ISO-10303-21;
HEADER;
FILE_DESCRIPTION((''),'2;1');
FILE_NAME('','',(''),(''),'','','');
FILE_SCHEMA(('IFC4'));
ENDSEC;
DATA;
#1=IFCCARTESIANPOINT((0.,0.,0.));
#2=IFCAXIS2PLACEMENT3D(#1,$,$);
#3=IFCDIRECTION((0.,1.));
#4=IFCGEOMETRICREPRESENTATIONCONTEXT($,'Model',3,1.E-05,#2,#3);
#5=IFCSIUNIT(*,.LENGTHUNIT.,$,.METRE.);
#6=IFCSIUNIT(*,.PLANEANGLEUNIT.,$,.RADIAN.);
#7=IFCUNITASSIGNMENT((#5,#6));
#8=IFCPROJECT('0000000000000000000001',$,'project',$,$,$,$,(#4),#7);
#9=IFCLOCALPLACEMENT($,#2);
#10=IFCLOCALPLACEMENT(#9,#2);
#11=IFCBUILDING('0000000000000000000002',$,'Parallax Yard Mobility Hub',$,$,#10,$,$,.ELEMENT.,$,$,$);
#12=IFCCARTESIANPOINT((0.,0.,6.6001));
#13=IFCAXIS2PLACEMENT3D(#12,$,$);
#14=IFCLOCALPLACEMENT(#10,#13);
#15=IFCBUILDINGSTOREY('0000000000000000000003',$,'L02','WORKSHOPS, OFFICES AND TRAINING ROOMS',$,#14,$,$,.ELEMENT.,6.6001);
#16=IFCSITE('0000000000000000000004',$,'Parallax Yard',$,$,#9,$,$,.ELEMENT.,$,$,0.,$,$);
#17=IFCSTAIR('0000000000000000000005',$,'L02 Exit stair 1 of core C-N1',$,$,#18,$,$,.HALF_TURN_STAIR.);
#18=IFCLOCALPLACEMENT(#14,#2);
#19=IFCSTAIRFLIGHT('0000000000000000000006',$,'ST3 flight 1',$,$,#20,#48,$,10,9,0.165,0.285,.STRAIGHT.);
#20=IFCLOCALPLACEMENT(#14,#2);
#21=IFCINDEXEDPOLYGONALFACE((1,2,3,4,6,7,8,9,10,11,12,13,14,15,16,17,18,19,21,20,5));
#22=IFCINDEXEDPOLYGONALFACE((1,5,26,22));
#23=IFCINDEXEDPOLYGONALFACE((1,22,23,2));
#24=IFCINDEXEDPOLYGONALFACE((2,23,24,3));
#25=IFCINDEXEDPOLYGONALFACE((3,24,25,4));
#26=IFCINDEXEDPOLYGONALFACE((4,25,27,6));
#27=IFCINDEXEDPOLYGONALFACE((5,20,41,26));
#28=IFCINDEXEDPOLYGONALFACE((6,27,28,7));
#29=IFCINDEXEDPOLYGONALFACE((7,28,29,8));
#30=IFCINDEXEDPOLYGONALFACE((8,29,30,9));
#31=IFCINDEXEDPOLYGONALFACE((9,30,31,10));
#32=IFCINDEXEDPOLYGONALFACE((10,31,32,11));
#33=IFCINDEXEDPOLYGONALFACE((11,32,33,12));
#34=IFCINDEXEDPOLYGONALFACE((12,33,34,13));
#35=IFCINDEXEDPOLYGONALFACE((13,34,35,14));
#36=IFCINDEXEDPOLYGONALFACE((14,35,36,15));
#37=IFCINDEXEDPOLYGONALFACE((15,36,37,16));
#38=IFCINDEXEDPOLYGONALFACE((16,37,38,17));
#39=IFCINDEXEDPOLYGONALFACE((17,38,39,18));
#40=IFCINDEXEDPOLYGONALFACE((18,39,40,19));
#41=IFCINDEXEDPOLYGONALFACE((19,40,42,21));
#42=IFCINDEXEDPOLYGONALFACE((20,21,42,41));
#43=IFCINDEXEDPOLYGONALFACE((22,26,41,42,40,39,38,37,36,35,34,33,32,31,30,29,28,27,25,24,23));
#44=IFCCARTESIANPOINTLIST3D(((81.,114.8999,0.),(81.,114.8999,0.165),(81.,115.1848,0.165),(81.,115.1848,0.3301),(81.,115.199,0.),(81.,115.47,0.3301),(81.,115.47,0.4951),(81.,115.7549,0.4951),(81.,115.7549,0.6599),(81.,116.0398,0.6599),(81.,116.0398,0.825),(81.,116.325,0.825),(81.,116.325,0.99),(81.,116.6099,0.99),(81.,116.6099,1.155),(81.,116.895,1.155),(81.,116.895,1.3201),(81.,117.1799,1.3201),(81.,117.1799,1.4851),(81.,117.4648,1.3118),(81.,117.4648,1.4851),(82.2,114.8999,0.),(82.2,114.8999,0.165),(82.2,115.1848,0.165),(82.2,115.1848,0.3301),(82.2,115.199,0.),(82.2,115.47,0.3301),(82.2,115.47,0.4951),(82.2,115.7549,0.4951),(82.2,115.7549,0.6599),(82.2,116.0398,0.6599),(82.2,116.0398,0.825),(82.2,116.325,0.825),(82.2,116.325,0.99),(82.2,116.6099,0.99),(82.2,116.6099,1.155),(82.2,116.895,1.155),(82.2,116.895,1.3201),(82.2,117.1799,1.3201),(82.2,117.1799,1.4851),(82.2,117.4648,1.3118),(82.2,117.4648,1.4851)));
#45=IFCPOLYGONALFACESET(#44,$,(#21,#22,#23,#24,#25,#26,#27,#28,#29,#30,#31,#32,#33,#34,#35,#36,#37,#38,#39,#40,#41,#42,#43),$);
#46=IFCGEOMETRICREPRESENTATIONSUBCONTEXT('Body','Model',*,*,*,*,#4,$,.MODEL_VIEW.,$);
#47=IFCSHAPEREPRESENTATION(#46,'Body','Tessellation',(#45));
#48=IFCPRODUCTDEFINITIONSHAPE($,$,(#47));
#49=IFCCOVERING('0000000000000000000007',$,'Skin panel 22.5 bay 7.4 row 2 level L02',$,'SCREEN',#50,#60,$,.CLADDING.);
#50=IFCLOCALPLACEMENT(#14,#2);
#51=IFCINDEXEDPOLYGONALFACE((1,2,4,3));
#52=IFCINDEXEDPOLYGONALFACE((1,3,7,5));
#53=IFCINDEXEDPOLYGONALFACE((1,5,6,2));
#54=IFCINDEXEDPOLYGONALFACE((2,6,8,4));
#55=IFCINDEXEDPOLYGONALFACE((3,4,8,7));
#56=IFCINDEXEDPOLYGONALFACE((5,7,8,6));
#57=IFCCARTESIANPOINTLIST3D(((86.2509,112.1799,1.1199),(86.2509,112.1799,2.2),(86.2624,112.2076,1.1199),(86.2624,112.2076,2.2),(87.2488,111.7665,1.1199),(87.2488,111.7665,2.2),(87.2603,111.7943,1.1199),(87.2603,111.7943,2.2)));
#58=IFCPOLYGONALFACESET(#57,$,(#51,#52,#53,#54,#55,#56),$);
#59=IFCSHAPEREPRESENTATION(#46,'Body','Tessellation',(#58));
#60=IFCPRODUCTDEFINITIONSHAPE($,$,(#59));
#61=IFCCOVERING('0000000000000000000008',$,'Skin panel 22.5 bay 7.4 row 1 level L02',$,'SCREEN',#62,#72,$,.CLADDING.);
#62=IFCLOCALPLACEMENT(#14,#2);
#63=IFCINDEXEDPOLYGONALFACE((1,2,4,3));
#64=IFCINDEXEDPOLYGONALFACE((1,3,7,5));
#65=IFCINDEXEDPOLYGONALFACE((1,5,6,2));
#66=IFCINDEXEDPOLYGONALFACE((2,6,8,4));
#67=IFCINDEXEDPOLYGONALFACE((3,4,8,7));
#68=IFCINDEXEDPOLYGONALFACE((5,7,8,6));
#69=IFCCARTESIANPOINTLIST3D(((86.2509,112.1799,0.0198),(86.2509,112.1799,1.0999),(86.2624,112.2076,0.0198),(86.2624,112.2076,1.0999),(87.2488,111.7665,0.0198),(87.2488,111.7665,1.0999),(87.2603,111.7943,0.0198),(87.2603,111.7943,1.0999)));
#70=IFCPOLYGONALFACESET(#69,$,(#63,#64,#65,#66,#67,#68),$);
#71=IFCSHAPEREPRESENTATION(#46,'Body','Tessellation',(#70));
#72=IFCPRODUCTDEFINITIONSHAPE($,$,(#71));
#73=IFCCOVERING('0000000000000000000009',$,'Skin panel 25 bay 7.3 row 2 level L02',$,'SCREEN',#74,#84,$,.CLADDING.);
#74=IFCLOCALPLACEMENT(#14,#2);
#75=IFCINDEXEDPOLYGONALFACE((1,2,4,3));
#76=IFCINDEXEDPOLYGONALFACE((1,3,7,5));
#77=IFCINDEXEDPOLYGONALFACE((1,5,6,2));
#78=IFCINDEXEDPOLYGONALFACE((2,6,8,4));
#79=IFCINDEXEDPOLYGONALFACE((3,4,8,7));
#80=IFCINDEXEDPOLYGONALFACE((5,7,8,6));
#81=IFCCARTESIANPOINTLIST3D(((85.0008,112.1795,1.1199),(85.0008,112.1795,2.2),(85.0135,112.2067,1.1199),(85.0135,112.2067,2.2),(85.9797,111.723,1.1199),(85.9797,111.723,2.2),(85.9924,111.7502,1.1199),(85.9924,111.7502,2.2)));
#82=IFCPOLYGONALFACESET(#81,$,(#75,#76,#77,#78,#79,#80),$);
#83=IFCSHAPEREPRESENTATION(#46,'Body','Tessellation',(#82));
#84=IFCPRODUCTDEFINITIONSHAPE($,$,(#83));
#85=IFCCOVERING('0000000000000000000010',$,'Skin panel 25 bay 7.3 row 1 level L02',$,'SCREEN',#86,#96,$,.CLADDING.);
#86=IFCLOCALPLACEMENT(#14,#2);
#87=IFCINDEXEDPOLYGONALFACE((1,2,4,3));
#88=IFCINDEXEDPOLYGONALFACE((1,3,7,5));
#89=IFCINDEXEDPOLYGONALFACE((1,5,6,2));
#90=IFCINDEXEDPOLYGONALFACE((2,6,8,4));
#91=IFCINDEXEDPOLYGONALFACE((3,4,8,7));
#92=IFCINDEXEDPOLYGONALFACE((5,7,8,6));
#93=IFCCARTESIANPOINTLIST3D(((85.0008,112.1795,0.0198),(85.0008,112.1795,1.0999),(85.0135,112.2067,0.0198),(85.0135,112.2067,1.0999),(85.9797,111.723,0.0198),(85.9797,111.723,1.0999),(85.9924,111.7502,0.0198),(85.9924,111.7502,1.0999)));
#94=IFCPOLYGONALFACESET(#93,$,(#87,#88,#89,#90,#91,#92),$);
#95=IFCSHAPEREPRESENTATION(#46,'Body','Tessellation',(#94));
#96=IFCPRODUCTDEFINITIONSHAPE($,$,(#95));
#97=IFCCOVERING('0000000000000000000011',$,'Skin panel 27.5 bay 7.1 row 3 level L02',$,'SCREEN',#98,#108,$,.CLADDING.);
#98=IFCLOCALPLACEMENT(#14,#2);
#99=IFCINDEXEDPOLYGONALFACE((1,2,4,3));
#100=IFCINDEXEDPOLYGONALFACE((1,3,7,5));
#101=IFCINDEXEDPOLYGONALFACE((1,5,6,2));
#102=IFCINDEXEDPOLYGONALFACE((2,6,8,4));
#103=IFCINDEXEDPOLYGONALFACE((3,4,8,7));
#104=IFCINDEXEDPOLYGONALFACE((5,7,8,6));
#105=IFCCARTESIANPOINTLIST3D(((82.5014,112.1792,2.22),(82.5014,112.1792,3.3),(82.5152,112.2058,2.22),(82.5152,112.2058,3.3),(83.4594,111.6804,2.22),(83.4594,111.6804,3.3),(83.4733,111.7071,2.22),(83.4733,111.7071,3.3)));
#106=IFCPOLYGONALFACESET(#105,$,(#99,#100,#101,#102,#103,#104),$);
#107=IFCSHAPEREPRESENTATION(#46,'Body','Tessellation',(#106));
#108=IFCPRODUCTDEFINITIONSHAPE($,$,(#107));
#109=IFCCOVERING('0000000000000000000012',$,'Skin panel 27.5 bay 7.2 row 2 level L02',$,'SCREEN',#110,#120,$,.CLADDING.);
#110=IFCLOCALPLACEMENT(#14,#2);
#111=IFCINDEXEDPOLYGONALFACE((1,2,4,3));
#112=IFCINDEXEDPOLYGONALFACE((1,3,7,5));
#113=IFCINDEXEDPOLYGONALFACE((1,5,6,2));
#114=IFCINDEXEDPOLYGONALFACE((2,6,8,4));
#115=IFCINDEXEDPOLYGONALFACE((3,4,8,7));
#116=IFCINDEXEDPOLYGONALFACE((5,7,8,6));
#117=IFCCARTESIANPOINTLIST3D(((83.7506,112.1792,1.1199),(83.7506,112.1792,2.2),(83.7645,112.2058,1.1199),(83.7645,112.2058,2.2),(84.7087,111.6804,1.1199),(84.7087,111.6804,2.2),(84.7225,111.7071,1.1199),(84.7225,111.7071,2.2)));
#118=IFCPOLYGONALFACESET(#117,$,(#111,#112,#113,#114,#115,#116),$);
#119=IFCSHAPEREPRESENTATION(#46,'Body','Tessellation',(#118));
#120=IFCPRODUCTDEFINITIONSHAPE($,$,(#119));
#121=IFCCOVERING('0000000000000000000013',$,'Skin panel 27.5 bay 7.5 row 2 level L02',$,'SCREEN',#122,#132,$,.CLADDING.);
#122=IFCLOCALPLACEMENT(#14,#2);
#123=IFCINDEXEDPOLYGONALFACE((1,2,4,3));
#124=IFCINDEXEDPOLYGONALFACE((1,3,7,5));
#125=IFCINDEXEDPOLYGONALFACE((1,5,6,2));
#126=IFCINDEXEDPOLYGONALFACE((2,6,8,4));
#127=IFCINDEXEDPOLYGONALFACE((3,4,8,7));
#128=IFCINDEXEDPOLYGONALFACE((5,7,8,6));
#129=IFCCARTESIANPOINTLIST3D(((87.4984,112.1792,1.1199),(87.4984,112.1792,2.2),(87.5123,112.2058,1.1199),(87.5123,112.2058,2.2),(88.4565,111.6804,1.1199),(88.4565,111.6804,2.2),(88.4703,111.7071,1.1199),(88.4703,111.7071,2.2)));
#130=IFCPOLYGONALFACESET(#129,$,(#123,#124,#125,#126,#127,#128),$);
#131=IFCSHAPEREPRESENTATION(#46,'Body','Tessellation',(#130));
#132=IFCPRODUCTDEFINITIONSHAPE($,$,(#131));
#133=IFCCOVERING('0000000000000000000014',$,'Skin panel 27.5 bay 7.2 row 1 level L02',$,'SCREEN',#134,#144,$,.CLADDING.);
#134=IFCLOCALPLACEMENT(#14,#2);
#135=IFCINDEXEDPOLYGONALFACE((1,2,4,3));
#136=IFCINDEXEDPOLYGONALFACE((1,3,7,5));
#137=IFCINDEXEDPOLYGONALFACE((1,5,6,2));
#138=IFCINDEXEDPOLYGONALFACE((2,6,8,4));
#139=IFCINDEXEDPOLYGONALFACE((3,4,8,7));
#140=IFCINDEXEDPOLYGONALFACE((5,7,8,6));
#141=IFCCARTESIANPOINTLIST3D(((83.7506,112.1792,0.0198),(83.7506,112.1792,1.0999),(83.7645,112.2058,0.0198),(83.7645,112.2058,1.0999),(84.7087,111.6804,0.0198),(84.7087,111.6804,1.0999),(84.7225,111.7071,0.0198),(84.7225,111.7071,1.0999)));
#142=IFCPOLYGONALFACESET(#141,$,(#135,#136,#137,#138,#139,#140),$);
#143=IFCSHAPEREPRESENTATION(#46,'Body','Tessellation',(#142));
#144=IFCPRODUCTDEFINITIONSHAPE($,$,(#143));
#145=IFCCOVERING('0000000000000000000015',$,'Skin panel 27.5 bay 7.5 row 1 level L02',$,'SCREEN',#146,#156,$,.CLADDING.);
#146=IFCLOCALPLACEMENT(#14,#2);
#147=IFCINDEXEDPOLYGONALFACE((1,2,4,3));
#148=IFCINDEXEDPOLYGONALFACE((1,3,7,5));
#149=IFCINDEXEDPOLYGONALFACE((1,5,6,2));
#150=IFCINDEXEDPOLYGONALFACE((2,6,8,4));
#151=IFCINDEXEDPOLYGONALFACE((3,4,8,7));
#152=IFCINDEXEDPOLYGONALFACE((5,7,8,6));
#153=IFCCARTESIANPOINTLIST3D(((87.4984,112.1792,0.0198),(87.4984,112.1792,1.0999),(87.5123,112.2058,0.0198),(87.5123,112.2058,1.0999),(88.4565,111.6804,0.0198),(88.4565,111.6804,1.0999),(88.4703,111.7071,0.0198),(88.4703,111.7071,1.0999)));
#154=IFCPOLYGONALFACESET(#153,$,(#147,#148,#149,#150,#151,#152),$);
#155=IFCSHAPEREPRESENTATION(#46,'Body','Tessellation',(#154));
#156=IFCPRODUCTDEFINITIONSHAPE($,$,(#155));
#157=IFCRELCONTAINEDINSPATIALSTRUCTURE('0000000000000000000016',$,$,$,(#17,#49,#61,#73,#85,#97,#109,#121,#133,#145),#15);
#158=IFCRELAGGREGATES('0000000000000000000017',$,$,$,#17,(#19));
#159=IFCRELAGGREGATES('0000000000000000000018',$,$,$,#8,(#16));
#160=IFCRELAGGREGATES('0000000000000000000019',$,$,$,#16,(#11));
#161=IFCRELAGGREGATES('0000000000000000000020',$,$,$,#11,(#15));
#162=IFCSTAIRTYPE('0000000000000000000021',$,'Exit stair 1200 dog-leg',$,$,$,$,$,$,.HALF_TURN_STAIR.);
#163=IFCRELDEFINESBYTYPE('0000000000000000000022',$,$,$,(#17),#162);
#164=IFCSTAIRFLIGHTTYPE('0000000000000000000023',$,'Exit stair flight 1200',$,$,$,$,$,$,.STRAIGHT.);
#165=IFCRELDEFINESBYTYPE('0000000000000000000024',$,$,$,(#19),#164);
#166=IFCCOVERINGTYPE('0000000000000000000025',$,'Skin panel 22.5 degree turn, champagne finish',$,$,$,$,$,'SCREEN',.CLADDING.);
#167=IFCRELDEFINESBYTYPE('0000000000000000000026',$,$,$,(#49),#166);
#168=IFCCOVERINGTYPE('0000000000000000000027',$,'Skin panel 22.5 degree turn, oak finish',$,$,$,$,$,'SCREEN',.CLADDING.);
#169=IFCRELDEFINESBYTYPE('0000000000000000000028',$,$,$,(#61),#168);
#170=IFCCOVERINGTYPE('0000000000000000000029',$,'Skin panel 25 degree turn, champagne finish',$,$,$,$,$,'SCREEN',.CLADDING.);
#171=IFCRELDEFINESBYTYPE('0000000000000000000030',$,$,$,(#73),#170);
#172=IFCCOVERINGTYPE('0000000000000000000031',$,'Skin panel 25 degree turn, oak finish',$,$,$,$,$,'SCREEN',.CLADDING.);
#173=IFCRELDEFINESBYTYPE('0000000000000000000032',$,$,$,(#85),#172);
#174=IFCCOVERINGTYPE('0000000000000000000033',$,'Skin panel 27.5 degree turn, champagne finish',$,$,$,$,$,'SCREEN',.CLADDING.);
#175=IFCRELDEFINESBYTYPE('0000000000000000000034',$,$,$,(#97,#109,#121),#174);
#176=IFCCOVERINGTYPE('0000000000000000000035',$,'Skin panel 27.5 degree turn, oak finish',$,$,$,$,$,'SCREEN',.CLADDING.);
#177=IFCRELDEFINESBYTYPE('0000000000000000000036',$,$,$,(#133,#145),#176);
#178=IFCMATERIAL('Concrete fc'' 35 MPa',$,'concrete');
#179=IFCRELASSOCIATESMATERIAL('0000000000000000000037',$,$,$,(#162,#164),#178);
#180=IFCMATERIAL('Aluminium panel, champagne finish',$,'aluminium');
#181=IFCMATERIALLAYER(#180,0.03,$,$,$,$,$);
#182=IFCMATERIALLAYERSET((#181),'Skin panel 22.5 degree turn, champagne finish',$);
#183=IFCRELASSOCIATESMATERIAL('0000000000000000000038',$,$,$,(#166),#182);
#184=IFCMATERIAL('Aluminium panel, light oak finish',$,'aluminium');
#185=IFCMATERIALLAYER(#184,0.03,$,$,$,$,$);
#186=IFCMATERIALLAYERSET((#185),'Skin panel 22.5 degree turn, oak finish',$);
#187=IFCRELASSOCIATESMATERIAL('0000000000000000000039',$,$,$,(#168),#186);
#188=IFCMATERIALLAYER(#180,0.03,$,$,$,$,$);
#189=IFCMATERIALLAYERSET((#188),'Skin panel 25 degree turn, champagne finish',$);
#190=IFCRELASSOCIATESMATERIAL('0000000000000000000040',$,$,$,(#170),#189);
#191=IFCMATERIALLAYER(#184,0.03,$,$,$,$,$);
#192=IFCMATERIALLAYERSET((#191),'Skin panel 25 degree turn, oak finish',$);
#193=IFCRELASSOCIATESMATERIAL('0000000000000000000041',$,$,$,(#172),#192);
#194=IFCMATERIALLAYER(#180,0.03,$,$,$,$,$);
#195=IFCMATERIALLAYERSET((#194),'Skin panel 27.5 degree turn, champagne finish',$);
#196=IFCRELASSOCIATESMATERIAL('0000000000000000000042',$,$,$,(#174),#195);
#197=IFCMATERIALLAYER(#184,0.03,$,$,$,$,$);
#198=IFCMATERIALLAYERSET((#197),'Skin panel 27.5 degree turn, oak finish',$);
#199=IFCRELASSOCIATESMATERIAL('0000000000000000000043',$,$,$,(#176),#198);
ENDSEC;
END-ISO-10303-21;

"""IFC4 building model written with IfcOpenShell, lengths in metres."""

from ifc_helpers import new_model, si_unit, direction, frame, origin, origin_2d, place, context, subcontext, project, spatial, polyline, rectangle, outline, extrude, material, layer, layer_set, type_object, element, aggregate, save


model = new_model("IFC4")

# Units and contexts
model_context = context("Model", 3, precision=1e-05, world=origin(), true_north=direction((0.0, 1.0)))
body_context = subcontext(model_context, "Body", "Model", "MODEL_VIEW")
ifc_project = project(units=[si_unit("LENGTHUNIT", "METRE"), si_unit("PLANEANGLEUNIT", "RADIAN")], contexts=[model_context])

# Site, building, storey
site_placement = place(None, origin())
site = spatial("IfcSite", under=ifc_project, at=site_placement, Name="Parallax Yard", CompositionType="ELEMENT", RefElevation=0.0)
building_placement = place(site_placement, origin())
building = spatial("IfcBuilding", under=site, at=building_placement, Name="Parallax Yard Mobility Hub", CompositionType="ELEMENT")
storey_placement = place(building_placement, frame((0.0, 0.0, 6.6001)))
storey = spatial("IfcBuildingStorey", under=building, at=storey_placement, Name="L02", Description="WORKSHOPS, OFFICES AND TRAINING ROOMS", CompositionType="ELEMENT", Elevation=6.6001)

# Shared definitions
ifc_material_1 = material(Name="Concrete fc' 35 MPa", Category="concrete")

# Stair, stair flight
stair_type = type_object("IfcStairType", Name="Exit stair 1200 dog-leg", PredefinedType="HALF_TURN_STAIR", material=ifc_material_1)
stair_placement = place(storey_placement, origin())
stair = element("IfcStair", 1, at=stair_placement, inside=storey, type_object=stair_type, Name="L02 Exit stair 1 of core C-N1", PredefinedType="HALF_TURN_STAIR")
stair_flight_type = type_object("IfcStairFlightType", Name="Exit stair flight 1200", PredefinedType="STRAIGHT", material=ifc_material_1)
stair_flight_placement = place(storey_placement, frame((81.6001, 114.8999, 0.0), z_axis=(0.0, 0.0, 1.0), x_axis=(0.0, 1.0, 0.0)))
stair_flight = element("IfcStairFlight", 2, at=stair_flight_placement, type_object=stair_flight_type, Name="ST3 flight 1", NumberOfRisers=10, NumberOfTreads=9, PredefinedType="STRAIGHT", RiserHeight=0.165, TreadLength=0.285, context=body_context, shape_type="SweptSolid", body=[
    extrude(outline(polyline([(0.0, 0.0), (0.0, 0.165), (0.2849, 0.165), (0.2849, 0.3301), (0.5701, 0.3301), (0.5701, 0.4951), (0.855, 0.4951), (0.855, 0.6599), (1.1399, 0.6599), (1.1399, 0.825), (1.425, 0.825), (1.425, 0.99), (1.71, 0.99), (1.71, 1.155), (1.9951, 1.155), (1.9951, 1.3201), (2.28, 1.3201), (2.28, 1.4851), (2.5649, 1.4851), (2.5649, 1.6499), (2.5649, 1.3118), (0.2991, 0.0), (0.0, 0.0)])), frame((0.0, 0.6001, 0.0), z_axis=(0.0, -1.0, 0.0), x_axis=(1.0, 0.0, 0.0)), (0.0, 0.0, 1.0), 1.2),
])
aggregate(stair, [stair_flight])

# Coverings
ifc_material_2 = material(Name="Aluminium panel, champagne finish", Category="aluminium")
ifc_layer_1 = layer(ifc_material_2, 0.03)
ifc_layer_set_1 = layer_set([ifc_layer_1], Name="Skin panel 22.5 degree turn, champagne finish")
covering_type_1 = type_object("IfcCoveringType", Name="Skin panel 22.5 degree turn, champagne finish", ElementType="SCREEN", PredefinedType="CLADDING", material=ifc_layer_set_1)
covering_1_placement = place(storey_placement, frame((86.7556, 111.9871, 1.1199), z_axis=(0.0, 0.0, 1.0), x_axis=(0.92388, -0.382683, 0.0)))
element("IfcCovering", 3, at=covering_1_placement, inside=storey, type_object=covering_type_1, Name="Skin panel 22.5 bay 7.4 row 2 level L02", ObjectType="SCREEN", PredefinedType="CLADDING", context=body_context, shape_type="SweptSolid", body=[
    extrude(rectangle(XDim=1.0801, YDim=0.03, at=origin_2d()), origin(), (0.0, 0.0, 1.0), 1.0801),
])
ifc_material_3 = material(Name="Aluminium panel, light oak finish", Category="aluminium")
ifc_layer_2 = layer(ifc_material_3, 0.03)
ifc_layer_set_2 = layer_set([ifc_layer_2], Name="Skin panel 22.5 degree turn, oak finish")
covering_type_2 = type_object("IfcCoveringType", Name="Skin panel 22.5 degree turn, oak finish", ElementType="SCREEN", PredefinedType="CLADDING", material=ifc_layer_set_2)
covering_2_placement = place(storey_placement, frame((86.7556, 111.9871, 0.0198), z_axis=(0.0, 0.0, 1.0), x_axis=(0.92388, -0.382683, 0.0)))
element("IfcCovering", 4, at=covering_2_placement, inside=storey, type_object=covering_type_2, Name="Skin panel 22.5 bay 7.4 row 1 level L02", ObjectType="SCREEN", PredefinedType="CLADDING", context=body_context, shape_type="SweptSolid", body=[
    extrude(rectangle(XDim=1.0801, YDim=0.03, at=origin_2d()), origin(), (0.0, 0.0, 1.0), 1.0801),
])
ifc_layer_3 = layer(ifc_material_2, 0.03)
ifc_layer_set_3 = layer_set([ifc_layer_3], Name="Skin panel 25 degree turn, champagne finish")
covering_type_3 = type_object("IfcCoveringType", Name="Skin panel 25 degree turn, champagne finish", ElementType="SCREEN", PredefinedType="CLADDING", material=ifc_layer_set_3)
covering_3_placement = place(storey_placement, frame((85.4966, 111.9648, 1.1199), z_axis=(0.0, 0.0, 1.0), x_axis=(0.906308, -0.422618, 0.0)))
element("IfcCovering", 5, at=covering_3_placement, inside=storey, type_object=covering_type_3, Name="Skin panel 25 bay 7.3 row 2 level L02", ObjectType="SCREEN", PredefinedType="CLADDING", context=body_context, shape_type="SweptSolid", body=[
    extrude(rectangle(XDim=1.0801, YDim=0.03, at=origin_2d()), origin(), (0.0, 0.0, 1.0), 1.0801),
])
ifc_layer_4 = layer(ifc_material_3, 0.03)
ifc_layer_set_4 = layer_set([ifc_layer_4], Name="Skin panel 25 degree turn, oak finish")
covering_type_4 = type_object("IfcCoveringType", Name="Skin panel 25 degree turn, oak finish", ElementType="SCREEN", PredefinedType="CLADDING", material=ifc_layer_set_4)
covering_4_placement = place(storey_placement, frame((85.4966, 111.9648, 0.0198), z_axis=(0.0, 0.0, 1.0), x_axis=(0.906308, -0.422618, 0.0)))
element("IfcCovering", 6, at=covering_4_placement, inside=storey, type_object=covering_type_4, Name="Skin panel 25 bay 7.3 row 1 level L02", ObjectType="SCREEN", PredefinedType="CLADDING", context=body_context, shape_type="SweptSolid", body=[
    extrude(rectangle(XDim=1.0801, YDim=0.03, at=origin_2d()), origin(), (0.0, 0.0, 1.0), 1.0801),
])
ifc_layer_5 = layer(ifc_material_2, 0.03)
ifc_layer_set_5 = layer_set([ifc_layer_5], Name="Skin panel 27.5 degree turn, champagne finish")
covering_type_5 = type_object("IfcCoveringType", Name="Skin panel 27.5 degree turn, champagne finish", ElementType="SCREEN", PredefinedType="CLADDING", material=ifc_layer_set_5)
for number, where, z_axis, x_axis, name in (
    (7, (82.9873, 111.9431, 2.22), (0.0, 0.0, 1.0), (0.887011, -0.461749, 0.0), "Skin panel 27.5 bay 7.1 row 3 level L02"),
    (8, (84.2366, 111.9431, 1.1199), (0.0, 0.0, 1.0), (0.887011, -0.461749, 0.0), "Skin panel 27.5 bay 7.2 row 2 level L02"),
    (9, (87.9844, 111.9431, 1.1199), (0.0, 0.0, 1.0), (0.887011, -0.461749, 0.0), "Skin panel 27.5 bay 7.5 row 2 level L02"),
):
    element("IfcCovering", number, at=place(storey_placement, frame(where, z_axis=z_axis, x_axis=x_axis)), inside=storey, type_object=covering_type_5, Name=name, ObjectType="SCREEN", PredefinedType="CLADDING", context=body_context, shape_type="SweptSolid", body=[
        extrude(rectangle(XDim=1.0801, YDim=0.03, at=origin_2d()), origin(), (0.0, 0.0, 1.0), 1.0801),
    ])
ifc_layer_6 = layer(ifc_material_3, 0.03)
ifc_layer_set_6 = layer_set([ifc_layer_6], Name="Skin panel 27.5 degree turn, oak finish")
covering_type_6 = type_object("IfcCoveringType", Name="Skin panel 27.5 degree turn, oak finish", ElementType="SCREEN", PredefinedType="CLADDING", material=ifc_layer_set_6)
for number, where, z_axis, x_axis, name in (
    (10, (84.2366, 111.9431, 0.0198), (0.0, 0.0, 1.0), (0.887011, -0.461749, 0.0), "Skin panel 27.5 bay 7.2 row 1 level L02"),
    (11, (87.9844, 111.9431, 0.0198), (0.0, 0.0, 1.0), (0.887011, -0.461749, 0.0), "Skin panel 27.5 bay 7.5 row 1 level L02"),
):
    element("IfcCovering", number, at=place(storey_placement, frame(where, z_axis=z_axis, x_axis=x_axis)), inside=storey, type_object=covering_type_6, Name=name, ObjectType="SCREEN", PredefinedType="CLADDING", context=body_context, shape_type="SweptSolid", body=[
        extrude(rectangle(XDim=1.0801, YDim=0.03, at=origin_2d()), origin(), (0.0, 0.0, 1.0), 1.0801),
    ])

save(model, "model.ifc")
